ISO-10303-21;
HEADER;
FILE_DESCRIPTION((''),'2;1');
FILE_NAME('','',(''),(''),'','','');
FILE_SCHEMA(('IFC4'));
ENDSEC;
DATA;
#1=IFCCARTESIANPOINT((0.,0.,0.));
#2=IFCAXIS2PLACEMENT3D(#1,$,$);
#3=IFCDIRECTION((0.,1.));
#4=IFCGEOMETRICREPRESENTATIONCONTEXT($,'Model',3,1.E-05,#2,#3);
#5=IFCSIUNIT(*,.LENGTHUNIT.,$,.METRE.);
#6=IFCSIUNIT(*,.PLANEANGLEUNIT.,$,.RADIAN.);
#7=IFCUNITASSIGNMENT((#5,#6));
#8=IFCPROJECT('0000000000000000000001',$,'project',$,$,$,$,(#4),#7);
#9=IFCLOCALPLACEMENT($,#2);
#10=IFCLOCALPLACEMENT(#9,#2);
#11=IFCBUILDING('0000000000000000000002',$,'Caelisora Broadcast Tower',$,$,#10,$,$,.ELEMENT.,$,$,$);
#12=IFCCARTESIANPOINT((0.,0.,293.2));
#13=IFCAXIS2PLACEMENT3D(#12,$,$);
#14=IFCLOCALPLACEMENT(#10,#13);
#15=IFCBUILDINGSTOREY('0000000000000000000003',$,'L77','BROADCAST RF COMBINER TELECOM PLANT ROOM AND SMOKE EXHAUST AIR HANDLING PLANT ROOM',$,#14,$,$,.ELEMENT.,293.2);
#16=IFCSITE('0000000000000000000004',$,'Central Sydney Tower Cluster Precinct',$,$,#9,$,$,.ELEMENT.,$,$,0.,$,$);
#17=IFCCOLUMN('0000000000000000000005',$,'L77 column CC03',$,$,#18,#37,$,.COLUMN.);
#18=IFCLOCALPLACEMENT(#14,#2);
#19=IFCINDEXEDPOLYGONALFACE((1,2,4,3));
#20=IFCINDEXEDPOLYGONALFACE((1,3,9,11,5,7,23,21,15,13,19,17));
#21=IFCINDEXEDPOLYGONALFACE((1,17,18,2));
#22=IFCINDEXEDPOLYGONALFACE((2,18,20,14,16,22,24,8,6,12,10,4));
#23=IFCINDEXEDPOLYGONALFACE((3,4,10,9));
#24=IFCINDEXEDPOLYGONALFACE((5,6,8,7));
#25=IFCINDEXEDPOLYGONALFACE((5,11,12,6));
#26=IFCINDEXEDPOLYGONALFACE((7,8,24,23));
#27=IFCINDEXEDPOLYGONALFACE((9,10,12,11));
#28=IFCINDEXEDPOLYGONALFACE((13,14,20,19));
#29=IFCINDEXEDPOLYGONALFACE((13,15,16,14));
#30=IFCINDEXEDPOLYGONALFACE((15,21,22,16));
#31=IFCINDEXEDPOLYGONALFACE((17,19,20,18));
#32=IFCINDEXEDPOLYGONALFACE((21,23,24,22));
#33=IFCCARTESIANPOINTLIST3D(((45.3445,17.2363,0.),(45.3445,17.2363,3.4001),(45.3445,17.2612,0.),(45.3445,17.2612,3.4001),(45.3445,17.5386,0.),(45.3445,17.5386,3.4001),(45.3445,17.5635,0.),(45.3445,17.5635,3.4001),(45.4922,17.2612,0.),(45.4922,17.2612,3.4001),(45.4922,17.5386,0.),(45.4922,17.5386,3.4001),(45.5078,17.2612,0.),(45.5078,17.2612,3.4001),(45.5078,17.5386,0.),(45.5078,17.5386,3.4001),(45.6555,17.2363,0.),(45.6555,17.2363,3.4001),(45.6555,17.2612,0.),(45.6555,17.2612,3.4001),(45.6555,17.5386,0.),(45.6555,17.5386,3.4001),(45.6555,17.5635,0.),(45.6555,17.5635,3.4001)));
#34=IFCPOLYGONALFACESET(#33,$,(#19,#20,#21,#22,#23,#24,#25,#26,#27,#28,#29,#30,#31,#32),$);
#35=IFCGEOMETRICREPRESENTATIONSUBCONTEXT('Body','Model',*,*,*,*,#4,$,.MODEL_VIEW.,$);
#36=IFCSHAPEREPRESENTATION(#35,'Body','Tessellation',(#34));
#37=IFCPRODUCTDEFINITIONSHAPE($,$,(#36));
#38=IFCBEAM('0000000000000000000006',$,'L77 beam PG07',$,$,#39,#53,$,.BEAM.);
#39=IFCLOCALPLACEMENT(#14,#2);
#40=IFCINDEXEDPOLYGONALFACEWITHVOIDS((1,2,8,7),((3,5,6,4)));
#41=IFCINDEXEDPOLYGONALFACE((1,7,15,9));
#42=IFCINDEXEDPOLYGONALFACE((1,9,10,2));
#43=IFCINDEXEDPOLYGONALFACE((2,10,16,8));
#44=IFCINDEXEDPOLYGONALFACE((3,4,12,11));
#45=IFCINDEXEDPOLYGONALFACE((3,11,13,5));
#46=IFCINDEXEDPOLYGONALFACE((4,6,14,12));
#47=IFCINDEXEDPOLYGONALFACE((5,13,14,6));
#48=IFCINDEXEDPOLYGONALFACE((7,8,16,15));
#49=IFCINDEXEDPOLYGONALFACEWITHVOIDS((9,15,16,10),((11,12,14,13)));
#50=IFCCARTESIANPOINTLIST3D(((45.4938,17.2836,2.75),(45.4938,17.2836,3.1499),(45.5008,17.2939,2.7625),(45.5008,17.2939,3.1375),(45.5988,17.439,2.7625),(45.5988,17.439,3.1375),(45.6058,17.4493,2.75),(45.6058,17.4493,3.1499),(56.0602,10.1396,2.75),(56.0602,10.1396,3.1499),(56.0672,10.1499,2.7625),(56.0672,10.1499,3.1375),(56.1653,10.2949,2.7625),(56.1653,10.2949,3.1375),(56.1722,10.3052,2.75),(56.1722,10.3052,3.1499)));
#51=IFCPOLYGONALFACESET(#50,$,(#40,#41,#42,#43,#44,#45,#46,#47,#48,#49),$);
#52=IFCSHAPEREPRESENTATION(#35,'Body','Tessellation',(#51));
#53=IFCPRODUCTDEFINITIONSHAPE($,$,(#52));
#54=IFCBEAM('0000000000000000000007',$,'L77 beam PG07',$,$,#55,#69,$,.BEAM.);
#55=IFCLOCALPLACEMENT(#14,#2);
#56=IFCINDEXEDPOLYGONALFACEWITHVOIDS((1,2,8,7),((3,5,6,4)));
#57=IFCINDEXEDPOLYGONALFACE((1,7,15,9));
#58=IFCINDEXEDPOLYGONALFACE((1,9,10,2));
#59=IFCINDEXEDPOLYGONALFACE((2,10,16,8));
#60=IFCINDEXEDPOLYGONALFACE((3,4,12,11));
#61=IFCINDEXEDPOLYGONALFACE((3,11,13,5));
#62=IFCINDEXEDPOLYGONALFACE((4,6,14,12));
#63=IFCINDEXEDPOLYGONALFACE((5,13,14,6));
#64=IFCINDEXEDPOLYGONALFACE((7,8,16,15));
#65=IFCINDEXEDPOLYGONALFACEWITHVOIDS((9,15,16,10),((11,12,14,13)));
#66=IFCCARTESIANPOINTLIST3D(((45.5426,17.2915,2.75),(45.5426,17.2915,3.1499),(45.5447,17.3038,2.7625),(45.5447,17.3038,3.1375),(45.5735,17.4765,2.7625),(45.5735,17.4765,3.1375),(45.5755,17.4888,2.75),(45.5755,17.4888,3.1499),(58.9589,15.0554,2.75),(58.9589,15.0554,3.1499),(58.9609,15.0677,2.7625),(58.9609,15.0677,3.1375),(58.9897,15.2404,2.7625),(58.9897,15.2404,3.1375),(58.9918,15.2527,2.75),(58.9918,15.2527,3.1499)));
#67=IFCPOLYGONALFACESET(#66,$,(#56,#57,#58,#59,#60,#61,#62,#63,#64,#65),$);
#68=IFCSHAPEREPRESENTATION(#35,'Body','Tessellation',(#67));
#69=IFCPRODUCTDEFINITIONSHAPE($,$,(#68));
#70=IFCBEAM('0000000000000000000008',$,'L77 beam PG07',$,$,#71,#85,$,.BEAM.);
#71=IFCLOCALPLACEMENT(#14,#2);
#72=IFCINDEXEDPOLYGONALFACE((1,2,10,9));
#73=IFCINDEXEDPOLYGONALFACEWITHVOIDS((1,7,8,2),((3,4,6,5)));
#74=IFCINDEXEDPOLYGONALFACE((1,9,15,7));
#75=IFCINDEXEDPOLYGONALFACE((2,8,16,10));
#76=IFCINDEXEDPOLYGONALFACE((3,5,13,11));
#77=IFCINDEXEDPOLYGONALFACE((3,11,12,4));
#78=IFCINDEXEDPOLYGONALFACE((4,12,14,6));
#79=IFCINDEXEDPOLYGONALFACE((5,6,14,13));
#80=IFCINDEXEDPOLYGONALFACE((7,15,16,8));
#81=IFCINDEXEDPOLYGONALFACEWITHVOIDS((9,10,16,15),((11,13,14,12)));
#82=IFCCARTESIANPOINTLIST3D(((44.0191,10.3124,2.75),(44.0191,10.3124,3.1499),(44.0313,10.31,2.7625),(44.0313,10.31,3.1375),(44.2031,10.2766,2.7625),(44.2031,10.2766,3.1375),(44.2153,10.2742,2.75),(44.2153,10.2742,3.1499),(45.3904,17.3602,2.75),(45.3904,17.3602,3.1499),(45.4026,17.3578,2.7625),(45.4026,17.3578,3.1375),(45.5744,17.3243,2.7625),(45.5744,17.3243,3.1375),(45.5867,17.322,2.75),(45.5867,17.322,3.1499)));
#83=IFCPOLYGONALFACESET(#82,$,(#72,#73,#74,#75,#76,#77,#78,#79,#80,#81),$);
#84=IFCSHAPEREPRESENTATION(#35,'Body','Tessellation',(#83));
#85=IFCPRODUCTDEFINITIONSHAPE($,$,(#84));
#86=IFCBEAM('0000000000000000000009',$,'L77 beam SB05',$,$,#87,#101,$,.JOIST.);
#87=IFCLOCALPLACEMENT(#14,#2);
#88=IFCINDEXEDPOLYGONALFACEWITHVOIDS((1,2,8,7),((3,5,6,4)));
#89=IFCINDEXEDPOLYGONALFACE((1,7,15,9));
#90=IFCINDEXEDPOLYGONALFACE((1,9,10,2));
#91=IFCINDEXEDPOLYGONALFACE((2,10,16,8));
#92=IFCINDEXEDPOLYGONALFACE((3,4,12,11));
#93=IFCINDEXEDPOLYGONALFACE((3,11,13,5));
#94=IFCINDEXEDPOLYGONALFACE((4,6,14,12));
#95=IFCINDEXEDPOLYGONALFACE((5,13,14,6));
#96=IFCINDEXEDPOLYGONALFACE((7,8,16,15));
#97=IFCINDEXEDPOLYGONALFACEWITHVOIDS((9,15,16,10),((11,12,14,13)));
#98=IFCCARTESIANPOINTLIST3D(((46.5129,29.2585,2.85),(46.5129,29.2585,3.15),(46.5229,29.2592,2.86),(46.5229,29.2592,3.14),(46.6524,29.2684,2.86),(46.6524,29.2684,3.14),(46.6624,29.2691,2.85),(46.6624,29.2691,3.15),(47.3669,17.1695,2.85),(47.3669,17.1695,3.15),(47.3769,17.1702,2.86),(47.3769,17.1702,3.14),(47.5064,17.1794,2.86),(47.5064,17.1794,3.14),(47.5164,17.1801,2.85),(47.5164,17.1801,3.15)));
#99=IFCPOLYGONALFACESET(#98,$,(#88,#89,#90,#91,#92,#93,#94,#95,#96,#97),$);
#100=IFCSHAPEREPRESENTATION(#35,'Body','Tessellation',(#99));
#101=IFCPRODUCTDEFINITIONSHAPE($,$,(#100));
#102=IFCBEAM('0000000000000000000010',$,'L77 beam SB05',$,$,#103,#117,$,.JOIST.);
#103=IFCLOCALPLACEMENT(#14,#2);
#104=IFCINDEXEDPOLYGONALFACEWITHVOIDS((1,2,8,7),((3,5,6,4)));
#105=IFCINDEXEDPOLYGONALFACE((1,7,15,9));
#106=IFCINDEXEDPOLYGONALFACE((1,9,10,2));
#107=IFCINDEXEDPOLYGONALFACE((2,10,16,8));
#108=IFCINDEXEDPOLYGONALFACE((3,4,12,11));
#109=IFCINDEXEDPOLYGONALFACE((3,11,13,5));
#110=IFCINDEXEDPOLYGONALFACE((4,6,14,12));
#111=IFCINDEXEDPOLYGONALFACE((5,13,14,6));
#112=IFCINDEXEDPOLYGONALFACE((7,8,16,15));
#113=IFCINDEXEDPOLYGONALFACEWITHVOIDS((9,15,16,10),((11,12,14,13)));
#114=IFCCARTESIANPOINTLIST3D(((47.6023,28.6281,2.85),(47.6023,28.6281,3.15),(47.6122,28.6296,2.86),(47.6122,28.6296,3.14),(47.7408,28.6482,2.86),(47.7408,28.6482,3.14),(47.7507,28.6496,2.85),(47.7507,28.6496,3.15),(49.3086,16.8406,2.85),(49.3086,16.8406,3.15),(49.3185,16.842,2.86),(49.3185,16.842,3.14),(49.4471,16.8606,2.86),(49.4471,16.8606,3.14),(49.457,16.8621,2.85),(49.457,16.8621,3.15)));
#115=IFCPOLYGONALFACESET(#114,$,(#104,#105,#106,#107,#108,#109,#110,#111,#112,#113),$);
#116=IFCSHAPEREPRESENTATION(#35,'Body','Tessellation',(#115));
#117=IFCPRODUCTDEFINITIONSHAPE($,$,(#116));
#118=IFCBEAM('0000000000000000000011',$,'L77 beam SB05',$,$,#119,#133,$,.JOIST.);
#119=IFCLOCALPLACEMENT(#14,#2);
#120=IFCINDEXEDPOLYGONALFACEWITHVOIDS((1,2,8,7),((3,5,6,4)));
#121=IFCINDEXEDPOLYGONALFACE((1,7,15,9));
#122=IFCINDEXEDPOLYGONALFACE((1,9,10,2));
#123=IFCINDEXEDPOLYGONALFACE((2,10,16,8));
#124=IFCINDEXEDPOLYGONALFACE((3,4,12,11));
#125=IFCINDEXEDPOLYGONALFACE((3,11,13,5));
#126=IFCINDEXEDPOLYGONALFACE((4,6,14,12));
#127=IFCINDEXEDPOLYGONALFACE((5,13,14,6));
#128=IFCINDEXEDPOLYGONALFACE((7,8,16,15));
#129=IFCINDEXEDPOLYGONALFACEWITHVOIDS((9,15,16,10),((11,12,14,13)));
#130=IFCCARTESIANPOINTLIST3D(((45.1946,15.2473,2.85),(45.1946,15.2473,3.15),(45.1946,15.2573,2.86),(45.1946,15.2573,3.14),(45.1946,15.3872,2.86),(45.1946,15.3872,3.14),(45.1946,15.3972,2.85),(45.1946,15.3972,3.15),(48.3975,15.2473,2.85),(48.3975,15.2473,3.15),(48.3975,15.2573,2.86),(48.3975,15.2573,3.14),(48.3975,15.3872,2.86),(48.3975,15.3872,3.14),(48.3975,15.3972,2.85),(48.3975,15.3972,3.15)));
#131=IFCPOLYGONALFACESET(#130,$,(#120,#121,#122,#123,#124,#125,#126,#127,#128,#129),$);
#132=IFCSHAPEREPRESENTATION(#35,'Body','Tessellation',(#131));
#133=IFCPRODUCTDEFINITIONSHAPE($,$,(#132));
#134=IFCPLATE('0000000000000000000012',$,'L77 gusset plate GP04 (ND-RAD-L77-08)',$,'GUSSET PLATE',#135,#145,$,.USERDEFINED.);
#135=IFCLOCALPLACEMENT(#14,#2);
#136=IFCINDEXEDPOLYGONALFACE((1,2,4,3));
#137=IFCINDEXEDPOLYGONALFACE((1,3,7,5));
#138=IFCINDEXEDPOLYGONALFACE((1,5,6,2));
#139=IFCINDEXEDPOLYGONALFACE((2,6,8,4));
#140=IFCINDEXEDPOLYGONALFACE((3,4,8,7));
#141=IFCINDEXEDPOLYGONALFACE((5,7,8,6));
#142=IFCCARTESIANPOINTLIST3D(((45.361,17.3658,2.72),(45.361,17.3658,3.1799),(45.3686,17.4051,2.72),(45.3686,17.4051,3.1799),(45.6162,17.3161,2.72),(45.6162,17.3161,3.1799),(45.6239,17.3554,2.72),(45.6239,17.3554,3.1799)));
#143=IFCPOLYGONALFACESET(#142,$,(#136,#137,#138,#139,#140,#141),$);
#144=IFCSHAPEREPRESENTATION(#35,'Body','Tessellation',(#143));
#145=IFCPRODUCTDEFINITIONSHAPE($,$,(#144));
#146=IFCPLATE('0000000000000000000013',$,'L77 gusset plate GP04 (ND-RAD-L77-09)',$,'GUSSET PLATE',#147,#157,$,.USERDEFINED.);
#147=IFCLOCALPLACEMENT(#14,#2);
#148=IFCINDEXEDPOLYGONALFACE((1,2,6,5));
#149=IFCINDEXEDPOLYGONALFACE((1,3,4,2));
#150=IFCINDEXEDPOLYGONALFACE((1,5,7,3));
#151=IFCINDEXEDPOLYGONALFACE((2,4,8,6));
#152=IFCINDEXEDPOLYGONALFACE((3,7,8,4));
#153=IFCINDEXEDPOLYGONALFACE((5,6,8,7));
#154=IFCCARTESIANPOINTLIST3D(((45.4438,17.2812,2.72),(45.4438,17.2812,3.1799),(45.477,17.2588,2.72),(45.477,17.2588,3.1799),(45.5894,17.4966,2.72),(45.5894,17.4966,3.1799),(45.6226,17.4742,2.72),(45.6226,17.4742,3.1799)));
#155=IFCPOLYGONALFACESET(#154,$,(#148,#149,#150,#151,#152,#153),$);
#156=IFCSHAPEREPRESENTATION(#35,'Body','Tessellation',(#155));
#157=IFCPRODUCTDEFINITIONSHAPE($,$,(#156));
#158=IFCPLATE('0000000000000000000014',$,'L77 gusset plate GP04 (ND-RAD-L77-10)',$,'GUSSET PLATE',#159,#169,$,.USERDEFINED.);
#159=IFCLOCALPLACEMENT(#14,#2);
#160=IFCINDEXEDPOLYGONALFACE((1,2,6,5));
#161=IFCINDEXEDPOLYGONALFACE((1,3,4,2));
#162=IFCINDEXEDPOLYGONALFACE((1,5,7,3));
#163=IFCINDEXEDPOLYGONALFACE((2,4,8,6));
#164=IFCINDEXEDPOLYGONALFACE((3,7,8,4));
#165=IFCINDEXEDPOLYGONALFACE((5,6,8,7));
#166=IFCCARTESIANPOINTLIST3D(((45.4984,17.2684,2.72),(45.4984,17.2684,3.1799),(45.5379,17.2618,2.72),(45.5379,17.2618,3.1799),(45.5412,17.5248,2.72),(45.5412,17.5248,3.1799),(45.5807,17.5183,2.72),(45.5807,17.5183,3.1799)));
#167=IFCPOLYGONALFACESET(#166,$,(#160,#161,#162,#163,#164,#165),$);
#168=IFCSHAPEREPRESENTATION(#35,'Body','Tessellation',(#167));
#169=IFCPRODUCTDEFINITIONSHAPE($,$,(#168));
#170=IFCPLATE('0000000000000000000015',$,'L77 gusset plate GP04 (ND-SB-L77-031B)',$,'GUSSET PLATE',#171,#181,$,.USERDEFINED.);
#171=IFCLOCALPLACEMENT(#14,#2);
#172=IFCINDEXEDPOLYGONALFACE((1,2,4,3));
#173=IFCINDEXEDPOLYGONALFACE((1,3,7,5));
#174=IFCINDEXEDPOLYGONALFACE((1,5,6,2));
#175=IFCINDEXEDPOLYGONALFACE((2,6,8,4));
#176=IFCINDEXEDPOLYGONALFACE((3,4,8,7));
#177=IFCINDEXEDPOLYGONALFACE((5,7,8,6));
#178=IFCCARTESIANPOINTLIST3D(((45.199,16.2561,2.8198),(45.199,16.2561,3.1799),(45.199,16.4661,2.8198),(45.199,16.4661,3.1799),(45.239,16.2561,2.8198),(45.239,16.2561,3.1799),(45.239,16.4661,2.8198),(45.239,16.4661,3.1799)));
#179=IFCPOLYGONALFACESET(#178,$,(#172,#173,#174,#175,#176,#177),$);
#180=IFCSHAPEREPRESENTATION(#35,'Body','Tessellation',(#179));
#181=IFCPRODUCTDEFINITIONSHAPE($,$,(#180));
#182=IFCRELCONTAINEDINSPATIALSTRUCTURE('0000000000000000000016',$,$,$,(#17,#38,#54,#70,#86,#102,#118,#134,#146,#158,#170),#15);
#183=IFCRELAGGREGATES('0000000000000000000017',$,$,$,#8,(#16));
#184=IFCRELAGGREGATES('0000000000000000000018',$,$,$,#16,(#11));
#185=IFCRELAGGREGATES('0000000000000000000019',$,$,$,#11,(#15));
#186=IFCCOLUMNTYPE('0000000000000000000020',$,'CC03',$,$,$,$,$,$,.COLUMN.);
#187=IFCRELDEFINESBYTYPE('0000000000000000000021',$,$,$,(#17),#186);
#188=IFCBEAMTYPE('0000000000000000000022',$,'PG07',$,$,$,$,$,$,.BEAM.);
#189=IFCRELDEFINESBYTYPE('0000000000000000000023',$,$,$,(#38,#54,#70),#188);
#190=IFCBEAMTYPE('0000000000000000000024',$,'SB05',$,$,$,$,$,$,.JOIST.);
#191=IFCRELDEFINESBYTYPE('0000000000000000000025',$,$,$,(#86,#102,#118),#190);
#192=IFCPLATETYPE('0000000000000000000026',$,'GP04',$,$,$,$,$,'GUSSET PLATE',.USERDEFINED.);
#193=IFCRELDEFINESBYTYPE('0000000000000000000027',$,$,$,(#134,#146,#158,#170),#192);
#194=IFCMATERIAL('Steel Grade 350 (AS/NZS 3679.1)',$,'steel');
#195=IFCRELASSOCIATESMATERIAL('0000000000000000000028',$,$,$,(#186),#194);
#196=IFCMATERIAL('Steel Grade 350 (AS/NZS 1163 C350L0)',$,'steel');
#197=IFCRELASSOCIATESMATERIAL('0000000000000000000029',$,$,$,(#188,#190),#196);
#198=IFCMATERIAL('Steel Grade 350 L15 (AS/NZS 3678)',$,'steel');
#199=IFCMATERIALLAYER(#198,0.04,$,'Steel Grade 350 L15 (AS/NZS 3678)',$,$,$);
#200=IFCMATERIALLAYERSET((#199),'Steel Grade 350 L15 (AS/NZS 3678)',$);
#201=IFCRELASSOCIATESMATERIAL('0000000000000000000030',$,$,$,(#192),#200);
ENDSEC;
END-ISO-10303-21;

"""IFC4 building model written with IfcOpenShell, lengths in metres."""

from ifc_helpers import new_model, si_unit, direction, frame, origin, origin_2d, place, context, subcontext, project, spatial, rectangle, hollow_rectangle, i_section, extrude, source, transform, mapped, material, layer, layer_set, material_profile, profile_set, type_object, type_shapes, element, save


model = new_model("IFC4")

# Units and contexts
model_context = context("Model", 3, precision=1e-05, world=origin(), true_north=direction((0.0, 1.0)))
body_context = subcontext(model_context, "Body", "Model", "MODEL_VIEW")
ifc_project = project(units=[si_unit("LENGTHUNIT", "METRE"), si_unit("PLANEANGLEUNIT", "RADIAN")], contexts=[model_context])

# Site, building, storey
site_placement = place(None, origin())
site = spatial("IfcSite", under=ifc_project, at=site_placement, Name="Central Sydney Tower Cluster Precinct", CompositionType="ELEMENT", RefElevation=0.0)
building_placement = place(site_placement, origin())
building = spatial("IfcBuilding", under=site, at=building_placement, Name="Caelisora Broadcast Tower", CompositionType="ELEMENT")
storey_placement = place(building_placement, frame((0.0, 0.0, 293.2)))
storey = spatial("IfcBuildingStorey", under=building, at=storey_placement, Name="L77", Description="BROADCAST RF COMBINER TELECOM PLANT ROOM AND SMOKE EXHAUST AIR HANDLING PLANT ROOM", CompositionType="ELEMENT", Elevation=293.2)

# Column
ifc_material_1 = material(Name="Steel Grade 350 (AS/NZS 3679.1)", Category="steel")
ifc_material_profile_1 = material_profile(ifc_material_1, i_section(OverallWidth=0.311, OverallDepth=0.3271, WebThickness=0.0156, FlangeThickness=0.0249, at=origin_2d()), Name="Steel Grade 350 (AS/NZS 3679.1)")
ifc_profile_set_1 = profile_set([ifc_material_profile_1], Name="Steel Grade 350 (AS/NZS 3679.1)")
column_type = type_object("IfcColumnType", Name="CC03", PredefinedType="COLUMN", material=ifc_profile_set_1)
shared_shape_1 = source(origin(), body_context, "Body", "SweptSolid", [
    extrude(i_section(OverallWidth=0.311, OverallDepth=0.3271, WebThickness=0.0156, FlangeThickness=0.0249, at=origin_2d()), origin(), (0.0, 0.0, 1.0), 3.4001),
])
type_shapes(column_type, [shared_shape_1])
column_placement = place(storey_placement, frame((45.5, 17.3999, 0.0), z_axis=(0.0, 0.0, 1.0), x_axis=(1.0, 0.0, 0.0)))
element("IfcColumn", 1, at=column_placement, inside=storey, type_object=column_type, Name="L77 column CC03", PredefinedType="COLUMN", context=body_context, shape_type="MappedRepresentation", body=[
    mapped(shared_shape_1, transform((0.0, 0.0, 0.0), scale=1.0)),
])

# Beams
ifc_material_2 = material(Name="Steel Grade 350 (AS/NZS 1163 C350L0)", Category="steel")
ifc_material_profile_2 = material_profile(ifc_material_2, hollow_rectangle(XDim=0.2, YDim=0.3999, WallThickness=0.0125, at=origin_2d()), Name="Steel Grade 350 (AS/NZS 1163 C350L0)")
ifc_profile_set_2 = profile_set([ifc_material_profile_2], Name="Steel Grade 350 (AS/NZS 1163 C350L0)")
beam_type_1 = type_object("IfcBeamType", Name="PG07", PredefinedType="BEAM", material=ifc_profile_set_2)
shared_shape_2 = source(origin(), body_context, "Body", "SweptSolid", [
    extrude(hollow_rectangle(XDim=0.2, YDim=0.3999, WallThickness=0.0125, at=origin_2d()), origin(), (0.0, 0.0, 1.0), 12.7549),
])
beam_1_placement = place(storey_placement, frame((45.5498, 17.3665, 2.95), z_axis=(0.828422, -0.560104, 0.0), x_axis=(0.560104, 0.828422, 0.0)))
element("IfcBeam", 2, at=beam_1_placement, inside=storey, type_object=beam_type_1, Name="L77 beam PG07", PredefinedType="BEAM", context=body_context, shape_type="MappedRepresentation", body=[
    mapped(shared_shape_2, transform((0.0, 0.0, 0.0), scale=1.0)),
])
shared_shape_3 = source(origin(), body_context, "Body", "SweptSolid", [
    extrude(hollow_rectangle(XDim=0.2, YDim=0.3999, WallThickness=0.0125, at=origin_2d()), origin(), (0.0, 0.0, 1.0), 13.6013),
])
beam_2_placement = place(storey_placement, frame((45.5591, 17.3901, 2.95), z_axis=(0.986393, -0.164402, 0.0), x_axis=(0.164402, 0.986393, 0.0)))
element("IfcBeam", 3, at=beam_2_placement, inside=storey, type_object=beam_type_1, Name="L77 beam PG07", PredefinedType="BEAM", context=body_context, shape_type="MappedRepresentation", body=[
    mapped(shared_shape_3, transform((0.0, 0.0, 0.0), scale=1.0)),
])
shared_shape_4 = source(origin(), body_context, "Body", "SweptSolid", [
    extrude(hollow_rectangle(XDim=0.2, YDim=0.3999, WallThickness=0.0125, at=origin_2d()), origin(), (0.0, 0.0, 1.0), 7.1799),
])
type_shapes(beam_type_1, [shared_shape_2, shared_shape_3, shared_shape_4])
beam_3_placement = place(storey_placement, frame((45.4885, 17.3411, 2.95), z_axis=(-0.190993, -0.981591, 0.0), x_axis=(0.981591, -0.190993, 0.0)))
element("IfcBeam", 4, at=beam_3_placement, inside=storey, type_object=beam_type_1, Name="L77 beam PG07", PredefinedType="BEAM", context=body_context, shape_type="MappedRepresentation", body=[
    mapped(shared_shape_4, transform((0.0, 0.0, 0.0), scale=1.0)),
])
ifc_material_profile_3 = material_profile(ifc_material_2, hollow_rectangle(XDim=0.1499, YDim=0.3, WallThickness=0.01, at=origin_2d()), Name="Steel Grade 350 (AS/NZS 1163 C350L0)")
ifc_profile_set_3 = profile_set([ifc_material_profile_3], Name="Steel Grade 350 (AS/NZS 1163 C350L0)")
beam_type_2 = type_object("IfcBeamType", Name="SB05", PredefinedType="JOIST", material=ifc_profile_set_3)
shared_shape_5 = source(origin(), body_context, "Body", "SweptSolid", [
    extrude(hollow_rectangle(XDim=0.1499, YDim=0.3, WallThickness=0.01, at=origin_2d()), origin(), (0.0, 0.0, 1.0), 12.1191),
])
beam_4_placement = place(storey_placement, frame((47.4417, 17.1748, 3.0), z_axis=(-0.070467, 0.997514, 0.0), x_axis=(-0.997514, -0.070467, 0.0)))
element("IfcBeam", 5, at=beam_4_placement, inside=storey, type_object=beam_type_2, Name="L77 beam SB05", PredefinedType="JOIST", context=body_context, shape_type="MappedRepresentation", body=[
    mapped(shared_shape_5, transform((0.0, 0.0, 0.0), scale=1.0)),
])
shared_shape_6 = source(origin(), body_context, "Body", "SweptSolid", [
    extrude(hollow_rectangle(XDim=0.1499, YDim=0.3, WallThickness=0.01, at=origin_2d()), origin(), (0.0, 0.0, 1.0), 11.9104),
])
beam_5_placement = place(storey_placement, frame((49.3828, 16.8513, 3.0), z_axis=(-0.143261, 0.989685, 0.0), x_axis=(-0.989685, -0.143261, 0.0)))
element("IfcBeam", 6, at=beam_5_placement, inside=storey, type_object=beam_type_2, Name="L77 beam SB05", PredefinedType="JOIST", context=body_context, shape_type="MappedRepresentation", body=[
    mapped(shared_shape_6, transform((0.0, 0.0, 0.0), scale=1.0)),
])
shared_shape_7 = source(origin(), body_context, "Body", "SweptSolid", [
    extrude(hollow_rectangle(XDim=0.1499, YDim=0.3, WallThickness=0.01, at=origin_2d()), origin(), (0.0, 0.0, 1.0), 3.2029),
])
type_shapes(beam_type_2, [shared_shape_5, shared_shape_6, shared_shape_7])
beam_6_placement = place(storey_placement, frame((45.1946, 15.3223, 3.0), z_axis=(1.0, 0.0, 0.0), x_axis=(0.0, 1.0, 0.0)))
element("IfcBeam", 7, at=beam_6_placement, inside=storey, type_object=beam_type_2, Name="L77 beam SB05", PredefinedType="JOIST", context=body_context, shape_type="MappedRepresentation", body=[
    mapped(shared_shape_7, transform((0.0, 0.0, 0.0), scale=1.0)),
])

# Plates
ifc_material_3 = material(Name="Steel Grade 350 L15 (AS/NZS 3678)", Category="steel")
ifc_layer_1 = layer(ifc_material_3, 0.04, Name="Steel Grade 350 L15 (AS/NZS 3678)")
ifc_layer_set_1 = layer_set([ifc_layer_1], Name="Steel Grade 350 L15 (AS/NZS 3678)")
plate_type = type_object("IfcPlateType", Name="GP04", ElementType="GUSSET PLATE", PredefinedType="USERDEFINED", material=ifc_layer_set_1)
shared_shape_8 = source(origin(), body_context, "Body", "SweptSolid", [
    extrude(rectangle(XDim=0.26, YDim=0.04, at=origin_2d()), origin(), (0.0, 0.0, 1.0), 0.46),
])
for number, where, z_axis, x_axis, name in (
    (8, (45.4924, 17.3606, 2.72), (0.0, 0.0, 1.0), (0.981594, -0.19098, 0.0), "L77 gusset plate GP04 (ND-RAD-L77-08)"),
    (9, (45.5332, 17.3777, 2.72), (0.0, 0.0, 1.0), (0.560061, 0.828452, 0.0), "L77 gusset plate GP04 (ND-RAD-L77-09)"),
    (10, (45.5396, 17.3933, 2.72), (0.0, 0.0, 1.0), (0.164359, 0.986401, 0.0), "L77 gusset plate GP04 (ND-RAD-L77-10)"),
):
    element("IfcPlate", number, at=place(storey_placement, frame(where, z_axis=z_axis, x_axis=x_axis)), inside=storey, type_object=plate_type, Name=name, ObjectType="GUSSET PLATE", PredefinedType="USERDEFINED", context=body_context, shape_type="MappedRepresentation", body=[
        mapped(shared_shape_8, transform((0.0, 0.0, 0.0), scale=1.0)),
    ])
shared_shape_9 = source(origin(), body_context, "Body", "SweptSolid", [
    extrude(rectangle(XDim=0.21, YDim=0.04, at=origin_2d()), origin(), (0.0, 0.0, 1.0), 0.3601),
])
type_shapes(plate_type, [shared_shape_8, shared_shape_9])
for number, where, z_axis, x_axis, name in (
    (11, (45.219, 16.3611, 2.8198), (0.0, 0.0, 1.0), (0.0, 1.0, 0.0), "L77 gusset plate GP04 (ND-SB-L77-031B)"),
):
    element("IfcPlate", number, at=place(storey_placement, frame(where, z_axis=z_axis, x_axis=x_axis)), inside=storey, type_object=plate_type, Name=name, ObjectType="GUSSET PLATE", PredefinedType="USERDEFINED", context=body_context, shape_type="MappedRepresentation", body=[
        mapped(shared_shape_9, transform((0.0, 0.0, 0.0), scale=1.0)),
    ])

save(model, "model.ifc")
